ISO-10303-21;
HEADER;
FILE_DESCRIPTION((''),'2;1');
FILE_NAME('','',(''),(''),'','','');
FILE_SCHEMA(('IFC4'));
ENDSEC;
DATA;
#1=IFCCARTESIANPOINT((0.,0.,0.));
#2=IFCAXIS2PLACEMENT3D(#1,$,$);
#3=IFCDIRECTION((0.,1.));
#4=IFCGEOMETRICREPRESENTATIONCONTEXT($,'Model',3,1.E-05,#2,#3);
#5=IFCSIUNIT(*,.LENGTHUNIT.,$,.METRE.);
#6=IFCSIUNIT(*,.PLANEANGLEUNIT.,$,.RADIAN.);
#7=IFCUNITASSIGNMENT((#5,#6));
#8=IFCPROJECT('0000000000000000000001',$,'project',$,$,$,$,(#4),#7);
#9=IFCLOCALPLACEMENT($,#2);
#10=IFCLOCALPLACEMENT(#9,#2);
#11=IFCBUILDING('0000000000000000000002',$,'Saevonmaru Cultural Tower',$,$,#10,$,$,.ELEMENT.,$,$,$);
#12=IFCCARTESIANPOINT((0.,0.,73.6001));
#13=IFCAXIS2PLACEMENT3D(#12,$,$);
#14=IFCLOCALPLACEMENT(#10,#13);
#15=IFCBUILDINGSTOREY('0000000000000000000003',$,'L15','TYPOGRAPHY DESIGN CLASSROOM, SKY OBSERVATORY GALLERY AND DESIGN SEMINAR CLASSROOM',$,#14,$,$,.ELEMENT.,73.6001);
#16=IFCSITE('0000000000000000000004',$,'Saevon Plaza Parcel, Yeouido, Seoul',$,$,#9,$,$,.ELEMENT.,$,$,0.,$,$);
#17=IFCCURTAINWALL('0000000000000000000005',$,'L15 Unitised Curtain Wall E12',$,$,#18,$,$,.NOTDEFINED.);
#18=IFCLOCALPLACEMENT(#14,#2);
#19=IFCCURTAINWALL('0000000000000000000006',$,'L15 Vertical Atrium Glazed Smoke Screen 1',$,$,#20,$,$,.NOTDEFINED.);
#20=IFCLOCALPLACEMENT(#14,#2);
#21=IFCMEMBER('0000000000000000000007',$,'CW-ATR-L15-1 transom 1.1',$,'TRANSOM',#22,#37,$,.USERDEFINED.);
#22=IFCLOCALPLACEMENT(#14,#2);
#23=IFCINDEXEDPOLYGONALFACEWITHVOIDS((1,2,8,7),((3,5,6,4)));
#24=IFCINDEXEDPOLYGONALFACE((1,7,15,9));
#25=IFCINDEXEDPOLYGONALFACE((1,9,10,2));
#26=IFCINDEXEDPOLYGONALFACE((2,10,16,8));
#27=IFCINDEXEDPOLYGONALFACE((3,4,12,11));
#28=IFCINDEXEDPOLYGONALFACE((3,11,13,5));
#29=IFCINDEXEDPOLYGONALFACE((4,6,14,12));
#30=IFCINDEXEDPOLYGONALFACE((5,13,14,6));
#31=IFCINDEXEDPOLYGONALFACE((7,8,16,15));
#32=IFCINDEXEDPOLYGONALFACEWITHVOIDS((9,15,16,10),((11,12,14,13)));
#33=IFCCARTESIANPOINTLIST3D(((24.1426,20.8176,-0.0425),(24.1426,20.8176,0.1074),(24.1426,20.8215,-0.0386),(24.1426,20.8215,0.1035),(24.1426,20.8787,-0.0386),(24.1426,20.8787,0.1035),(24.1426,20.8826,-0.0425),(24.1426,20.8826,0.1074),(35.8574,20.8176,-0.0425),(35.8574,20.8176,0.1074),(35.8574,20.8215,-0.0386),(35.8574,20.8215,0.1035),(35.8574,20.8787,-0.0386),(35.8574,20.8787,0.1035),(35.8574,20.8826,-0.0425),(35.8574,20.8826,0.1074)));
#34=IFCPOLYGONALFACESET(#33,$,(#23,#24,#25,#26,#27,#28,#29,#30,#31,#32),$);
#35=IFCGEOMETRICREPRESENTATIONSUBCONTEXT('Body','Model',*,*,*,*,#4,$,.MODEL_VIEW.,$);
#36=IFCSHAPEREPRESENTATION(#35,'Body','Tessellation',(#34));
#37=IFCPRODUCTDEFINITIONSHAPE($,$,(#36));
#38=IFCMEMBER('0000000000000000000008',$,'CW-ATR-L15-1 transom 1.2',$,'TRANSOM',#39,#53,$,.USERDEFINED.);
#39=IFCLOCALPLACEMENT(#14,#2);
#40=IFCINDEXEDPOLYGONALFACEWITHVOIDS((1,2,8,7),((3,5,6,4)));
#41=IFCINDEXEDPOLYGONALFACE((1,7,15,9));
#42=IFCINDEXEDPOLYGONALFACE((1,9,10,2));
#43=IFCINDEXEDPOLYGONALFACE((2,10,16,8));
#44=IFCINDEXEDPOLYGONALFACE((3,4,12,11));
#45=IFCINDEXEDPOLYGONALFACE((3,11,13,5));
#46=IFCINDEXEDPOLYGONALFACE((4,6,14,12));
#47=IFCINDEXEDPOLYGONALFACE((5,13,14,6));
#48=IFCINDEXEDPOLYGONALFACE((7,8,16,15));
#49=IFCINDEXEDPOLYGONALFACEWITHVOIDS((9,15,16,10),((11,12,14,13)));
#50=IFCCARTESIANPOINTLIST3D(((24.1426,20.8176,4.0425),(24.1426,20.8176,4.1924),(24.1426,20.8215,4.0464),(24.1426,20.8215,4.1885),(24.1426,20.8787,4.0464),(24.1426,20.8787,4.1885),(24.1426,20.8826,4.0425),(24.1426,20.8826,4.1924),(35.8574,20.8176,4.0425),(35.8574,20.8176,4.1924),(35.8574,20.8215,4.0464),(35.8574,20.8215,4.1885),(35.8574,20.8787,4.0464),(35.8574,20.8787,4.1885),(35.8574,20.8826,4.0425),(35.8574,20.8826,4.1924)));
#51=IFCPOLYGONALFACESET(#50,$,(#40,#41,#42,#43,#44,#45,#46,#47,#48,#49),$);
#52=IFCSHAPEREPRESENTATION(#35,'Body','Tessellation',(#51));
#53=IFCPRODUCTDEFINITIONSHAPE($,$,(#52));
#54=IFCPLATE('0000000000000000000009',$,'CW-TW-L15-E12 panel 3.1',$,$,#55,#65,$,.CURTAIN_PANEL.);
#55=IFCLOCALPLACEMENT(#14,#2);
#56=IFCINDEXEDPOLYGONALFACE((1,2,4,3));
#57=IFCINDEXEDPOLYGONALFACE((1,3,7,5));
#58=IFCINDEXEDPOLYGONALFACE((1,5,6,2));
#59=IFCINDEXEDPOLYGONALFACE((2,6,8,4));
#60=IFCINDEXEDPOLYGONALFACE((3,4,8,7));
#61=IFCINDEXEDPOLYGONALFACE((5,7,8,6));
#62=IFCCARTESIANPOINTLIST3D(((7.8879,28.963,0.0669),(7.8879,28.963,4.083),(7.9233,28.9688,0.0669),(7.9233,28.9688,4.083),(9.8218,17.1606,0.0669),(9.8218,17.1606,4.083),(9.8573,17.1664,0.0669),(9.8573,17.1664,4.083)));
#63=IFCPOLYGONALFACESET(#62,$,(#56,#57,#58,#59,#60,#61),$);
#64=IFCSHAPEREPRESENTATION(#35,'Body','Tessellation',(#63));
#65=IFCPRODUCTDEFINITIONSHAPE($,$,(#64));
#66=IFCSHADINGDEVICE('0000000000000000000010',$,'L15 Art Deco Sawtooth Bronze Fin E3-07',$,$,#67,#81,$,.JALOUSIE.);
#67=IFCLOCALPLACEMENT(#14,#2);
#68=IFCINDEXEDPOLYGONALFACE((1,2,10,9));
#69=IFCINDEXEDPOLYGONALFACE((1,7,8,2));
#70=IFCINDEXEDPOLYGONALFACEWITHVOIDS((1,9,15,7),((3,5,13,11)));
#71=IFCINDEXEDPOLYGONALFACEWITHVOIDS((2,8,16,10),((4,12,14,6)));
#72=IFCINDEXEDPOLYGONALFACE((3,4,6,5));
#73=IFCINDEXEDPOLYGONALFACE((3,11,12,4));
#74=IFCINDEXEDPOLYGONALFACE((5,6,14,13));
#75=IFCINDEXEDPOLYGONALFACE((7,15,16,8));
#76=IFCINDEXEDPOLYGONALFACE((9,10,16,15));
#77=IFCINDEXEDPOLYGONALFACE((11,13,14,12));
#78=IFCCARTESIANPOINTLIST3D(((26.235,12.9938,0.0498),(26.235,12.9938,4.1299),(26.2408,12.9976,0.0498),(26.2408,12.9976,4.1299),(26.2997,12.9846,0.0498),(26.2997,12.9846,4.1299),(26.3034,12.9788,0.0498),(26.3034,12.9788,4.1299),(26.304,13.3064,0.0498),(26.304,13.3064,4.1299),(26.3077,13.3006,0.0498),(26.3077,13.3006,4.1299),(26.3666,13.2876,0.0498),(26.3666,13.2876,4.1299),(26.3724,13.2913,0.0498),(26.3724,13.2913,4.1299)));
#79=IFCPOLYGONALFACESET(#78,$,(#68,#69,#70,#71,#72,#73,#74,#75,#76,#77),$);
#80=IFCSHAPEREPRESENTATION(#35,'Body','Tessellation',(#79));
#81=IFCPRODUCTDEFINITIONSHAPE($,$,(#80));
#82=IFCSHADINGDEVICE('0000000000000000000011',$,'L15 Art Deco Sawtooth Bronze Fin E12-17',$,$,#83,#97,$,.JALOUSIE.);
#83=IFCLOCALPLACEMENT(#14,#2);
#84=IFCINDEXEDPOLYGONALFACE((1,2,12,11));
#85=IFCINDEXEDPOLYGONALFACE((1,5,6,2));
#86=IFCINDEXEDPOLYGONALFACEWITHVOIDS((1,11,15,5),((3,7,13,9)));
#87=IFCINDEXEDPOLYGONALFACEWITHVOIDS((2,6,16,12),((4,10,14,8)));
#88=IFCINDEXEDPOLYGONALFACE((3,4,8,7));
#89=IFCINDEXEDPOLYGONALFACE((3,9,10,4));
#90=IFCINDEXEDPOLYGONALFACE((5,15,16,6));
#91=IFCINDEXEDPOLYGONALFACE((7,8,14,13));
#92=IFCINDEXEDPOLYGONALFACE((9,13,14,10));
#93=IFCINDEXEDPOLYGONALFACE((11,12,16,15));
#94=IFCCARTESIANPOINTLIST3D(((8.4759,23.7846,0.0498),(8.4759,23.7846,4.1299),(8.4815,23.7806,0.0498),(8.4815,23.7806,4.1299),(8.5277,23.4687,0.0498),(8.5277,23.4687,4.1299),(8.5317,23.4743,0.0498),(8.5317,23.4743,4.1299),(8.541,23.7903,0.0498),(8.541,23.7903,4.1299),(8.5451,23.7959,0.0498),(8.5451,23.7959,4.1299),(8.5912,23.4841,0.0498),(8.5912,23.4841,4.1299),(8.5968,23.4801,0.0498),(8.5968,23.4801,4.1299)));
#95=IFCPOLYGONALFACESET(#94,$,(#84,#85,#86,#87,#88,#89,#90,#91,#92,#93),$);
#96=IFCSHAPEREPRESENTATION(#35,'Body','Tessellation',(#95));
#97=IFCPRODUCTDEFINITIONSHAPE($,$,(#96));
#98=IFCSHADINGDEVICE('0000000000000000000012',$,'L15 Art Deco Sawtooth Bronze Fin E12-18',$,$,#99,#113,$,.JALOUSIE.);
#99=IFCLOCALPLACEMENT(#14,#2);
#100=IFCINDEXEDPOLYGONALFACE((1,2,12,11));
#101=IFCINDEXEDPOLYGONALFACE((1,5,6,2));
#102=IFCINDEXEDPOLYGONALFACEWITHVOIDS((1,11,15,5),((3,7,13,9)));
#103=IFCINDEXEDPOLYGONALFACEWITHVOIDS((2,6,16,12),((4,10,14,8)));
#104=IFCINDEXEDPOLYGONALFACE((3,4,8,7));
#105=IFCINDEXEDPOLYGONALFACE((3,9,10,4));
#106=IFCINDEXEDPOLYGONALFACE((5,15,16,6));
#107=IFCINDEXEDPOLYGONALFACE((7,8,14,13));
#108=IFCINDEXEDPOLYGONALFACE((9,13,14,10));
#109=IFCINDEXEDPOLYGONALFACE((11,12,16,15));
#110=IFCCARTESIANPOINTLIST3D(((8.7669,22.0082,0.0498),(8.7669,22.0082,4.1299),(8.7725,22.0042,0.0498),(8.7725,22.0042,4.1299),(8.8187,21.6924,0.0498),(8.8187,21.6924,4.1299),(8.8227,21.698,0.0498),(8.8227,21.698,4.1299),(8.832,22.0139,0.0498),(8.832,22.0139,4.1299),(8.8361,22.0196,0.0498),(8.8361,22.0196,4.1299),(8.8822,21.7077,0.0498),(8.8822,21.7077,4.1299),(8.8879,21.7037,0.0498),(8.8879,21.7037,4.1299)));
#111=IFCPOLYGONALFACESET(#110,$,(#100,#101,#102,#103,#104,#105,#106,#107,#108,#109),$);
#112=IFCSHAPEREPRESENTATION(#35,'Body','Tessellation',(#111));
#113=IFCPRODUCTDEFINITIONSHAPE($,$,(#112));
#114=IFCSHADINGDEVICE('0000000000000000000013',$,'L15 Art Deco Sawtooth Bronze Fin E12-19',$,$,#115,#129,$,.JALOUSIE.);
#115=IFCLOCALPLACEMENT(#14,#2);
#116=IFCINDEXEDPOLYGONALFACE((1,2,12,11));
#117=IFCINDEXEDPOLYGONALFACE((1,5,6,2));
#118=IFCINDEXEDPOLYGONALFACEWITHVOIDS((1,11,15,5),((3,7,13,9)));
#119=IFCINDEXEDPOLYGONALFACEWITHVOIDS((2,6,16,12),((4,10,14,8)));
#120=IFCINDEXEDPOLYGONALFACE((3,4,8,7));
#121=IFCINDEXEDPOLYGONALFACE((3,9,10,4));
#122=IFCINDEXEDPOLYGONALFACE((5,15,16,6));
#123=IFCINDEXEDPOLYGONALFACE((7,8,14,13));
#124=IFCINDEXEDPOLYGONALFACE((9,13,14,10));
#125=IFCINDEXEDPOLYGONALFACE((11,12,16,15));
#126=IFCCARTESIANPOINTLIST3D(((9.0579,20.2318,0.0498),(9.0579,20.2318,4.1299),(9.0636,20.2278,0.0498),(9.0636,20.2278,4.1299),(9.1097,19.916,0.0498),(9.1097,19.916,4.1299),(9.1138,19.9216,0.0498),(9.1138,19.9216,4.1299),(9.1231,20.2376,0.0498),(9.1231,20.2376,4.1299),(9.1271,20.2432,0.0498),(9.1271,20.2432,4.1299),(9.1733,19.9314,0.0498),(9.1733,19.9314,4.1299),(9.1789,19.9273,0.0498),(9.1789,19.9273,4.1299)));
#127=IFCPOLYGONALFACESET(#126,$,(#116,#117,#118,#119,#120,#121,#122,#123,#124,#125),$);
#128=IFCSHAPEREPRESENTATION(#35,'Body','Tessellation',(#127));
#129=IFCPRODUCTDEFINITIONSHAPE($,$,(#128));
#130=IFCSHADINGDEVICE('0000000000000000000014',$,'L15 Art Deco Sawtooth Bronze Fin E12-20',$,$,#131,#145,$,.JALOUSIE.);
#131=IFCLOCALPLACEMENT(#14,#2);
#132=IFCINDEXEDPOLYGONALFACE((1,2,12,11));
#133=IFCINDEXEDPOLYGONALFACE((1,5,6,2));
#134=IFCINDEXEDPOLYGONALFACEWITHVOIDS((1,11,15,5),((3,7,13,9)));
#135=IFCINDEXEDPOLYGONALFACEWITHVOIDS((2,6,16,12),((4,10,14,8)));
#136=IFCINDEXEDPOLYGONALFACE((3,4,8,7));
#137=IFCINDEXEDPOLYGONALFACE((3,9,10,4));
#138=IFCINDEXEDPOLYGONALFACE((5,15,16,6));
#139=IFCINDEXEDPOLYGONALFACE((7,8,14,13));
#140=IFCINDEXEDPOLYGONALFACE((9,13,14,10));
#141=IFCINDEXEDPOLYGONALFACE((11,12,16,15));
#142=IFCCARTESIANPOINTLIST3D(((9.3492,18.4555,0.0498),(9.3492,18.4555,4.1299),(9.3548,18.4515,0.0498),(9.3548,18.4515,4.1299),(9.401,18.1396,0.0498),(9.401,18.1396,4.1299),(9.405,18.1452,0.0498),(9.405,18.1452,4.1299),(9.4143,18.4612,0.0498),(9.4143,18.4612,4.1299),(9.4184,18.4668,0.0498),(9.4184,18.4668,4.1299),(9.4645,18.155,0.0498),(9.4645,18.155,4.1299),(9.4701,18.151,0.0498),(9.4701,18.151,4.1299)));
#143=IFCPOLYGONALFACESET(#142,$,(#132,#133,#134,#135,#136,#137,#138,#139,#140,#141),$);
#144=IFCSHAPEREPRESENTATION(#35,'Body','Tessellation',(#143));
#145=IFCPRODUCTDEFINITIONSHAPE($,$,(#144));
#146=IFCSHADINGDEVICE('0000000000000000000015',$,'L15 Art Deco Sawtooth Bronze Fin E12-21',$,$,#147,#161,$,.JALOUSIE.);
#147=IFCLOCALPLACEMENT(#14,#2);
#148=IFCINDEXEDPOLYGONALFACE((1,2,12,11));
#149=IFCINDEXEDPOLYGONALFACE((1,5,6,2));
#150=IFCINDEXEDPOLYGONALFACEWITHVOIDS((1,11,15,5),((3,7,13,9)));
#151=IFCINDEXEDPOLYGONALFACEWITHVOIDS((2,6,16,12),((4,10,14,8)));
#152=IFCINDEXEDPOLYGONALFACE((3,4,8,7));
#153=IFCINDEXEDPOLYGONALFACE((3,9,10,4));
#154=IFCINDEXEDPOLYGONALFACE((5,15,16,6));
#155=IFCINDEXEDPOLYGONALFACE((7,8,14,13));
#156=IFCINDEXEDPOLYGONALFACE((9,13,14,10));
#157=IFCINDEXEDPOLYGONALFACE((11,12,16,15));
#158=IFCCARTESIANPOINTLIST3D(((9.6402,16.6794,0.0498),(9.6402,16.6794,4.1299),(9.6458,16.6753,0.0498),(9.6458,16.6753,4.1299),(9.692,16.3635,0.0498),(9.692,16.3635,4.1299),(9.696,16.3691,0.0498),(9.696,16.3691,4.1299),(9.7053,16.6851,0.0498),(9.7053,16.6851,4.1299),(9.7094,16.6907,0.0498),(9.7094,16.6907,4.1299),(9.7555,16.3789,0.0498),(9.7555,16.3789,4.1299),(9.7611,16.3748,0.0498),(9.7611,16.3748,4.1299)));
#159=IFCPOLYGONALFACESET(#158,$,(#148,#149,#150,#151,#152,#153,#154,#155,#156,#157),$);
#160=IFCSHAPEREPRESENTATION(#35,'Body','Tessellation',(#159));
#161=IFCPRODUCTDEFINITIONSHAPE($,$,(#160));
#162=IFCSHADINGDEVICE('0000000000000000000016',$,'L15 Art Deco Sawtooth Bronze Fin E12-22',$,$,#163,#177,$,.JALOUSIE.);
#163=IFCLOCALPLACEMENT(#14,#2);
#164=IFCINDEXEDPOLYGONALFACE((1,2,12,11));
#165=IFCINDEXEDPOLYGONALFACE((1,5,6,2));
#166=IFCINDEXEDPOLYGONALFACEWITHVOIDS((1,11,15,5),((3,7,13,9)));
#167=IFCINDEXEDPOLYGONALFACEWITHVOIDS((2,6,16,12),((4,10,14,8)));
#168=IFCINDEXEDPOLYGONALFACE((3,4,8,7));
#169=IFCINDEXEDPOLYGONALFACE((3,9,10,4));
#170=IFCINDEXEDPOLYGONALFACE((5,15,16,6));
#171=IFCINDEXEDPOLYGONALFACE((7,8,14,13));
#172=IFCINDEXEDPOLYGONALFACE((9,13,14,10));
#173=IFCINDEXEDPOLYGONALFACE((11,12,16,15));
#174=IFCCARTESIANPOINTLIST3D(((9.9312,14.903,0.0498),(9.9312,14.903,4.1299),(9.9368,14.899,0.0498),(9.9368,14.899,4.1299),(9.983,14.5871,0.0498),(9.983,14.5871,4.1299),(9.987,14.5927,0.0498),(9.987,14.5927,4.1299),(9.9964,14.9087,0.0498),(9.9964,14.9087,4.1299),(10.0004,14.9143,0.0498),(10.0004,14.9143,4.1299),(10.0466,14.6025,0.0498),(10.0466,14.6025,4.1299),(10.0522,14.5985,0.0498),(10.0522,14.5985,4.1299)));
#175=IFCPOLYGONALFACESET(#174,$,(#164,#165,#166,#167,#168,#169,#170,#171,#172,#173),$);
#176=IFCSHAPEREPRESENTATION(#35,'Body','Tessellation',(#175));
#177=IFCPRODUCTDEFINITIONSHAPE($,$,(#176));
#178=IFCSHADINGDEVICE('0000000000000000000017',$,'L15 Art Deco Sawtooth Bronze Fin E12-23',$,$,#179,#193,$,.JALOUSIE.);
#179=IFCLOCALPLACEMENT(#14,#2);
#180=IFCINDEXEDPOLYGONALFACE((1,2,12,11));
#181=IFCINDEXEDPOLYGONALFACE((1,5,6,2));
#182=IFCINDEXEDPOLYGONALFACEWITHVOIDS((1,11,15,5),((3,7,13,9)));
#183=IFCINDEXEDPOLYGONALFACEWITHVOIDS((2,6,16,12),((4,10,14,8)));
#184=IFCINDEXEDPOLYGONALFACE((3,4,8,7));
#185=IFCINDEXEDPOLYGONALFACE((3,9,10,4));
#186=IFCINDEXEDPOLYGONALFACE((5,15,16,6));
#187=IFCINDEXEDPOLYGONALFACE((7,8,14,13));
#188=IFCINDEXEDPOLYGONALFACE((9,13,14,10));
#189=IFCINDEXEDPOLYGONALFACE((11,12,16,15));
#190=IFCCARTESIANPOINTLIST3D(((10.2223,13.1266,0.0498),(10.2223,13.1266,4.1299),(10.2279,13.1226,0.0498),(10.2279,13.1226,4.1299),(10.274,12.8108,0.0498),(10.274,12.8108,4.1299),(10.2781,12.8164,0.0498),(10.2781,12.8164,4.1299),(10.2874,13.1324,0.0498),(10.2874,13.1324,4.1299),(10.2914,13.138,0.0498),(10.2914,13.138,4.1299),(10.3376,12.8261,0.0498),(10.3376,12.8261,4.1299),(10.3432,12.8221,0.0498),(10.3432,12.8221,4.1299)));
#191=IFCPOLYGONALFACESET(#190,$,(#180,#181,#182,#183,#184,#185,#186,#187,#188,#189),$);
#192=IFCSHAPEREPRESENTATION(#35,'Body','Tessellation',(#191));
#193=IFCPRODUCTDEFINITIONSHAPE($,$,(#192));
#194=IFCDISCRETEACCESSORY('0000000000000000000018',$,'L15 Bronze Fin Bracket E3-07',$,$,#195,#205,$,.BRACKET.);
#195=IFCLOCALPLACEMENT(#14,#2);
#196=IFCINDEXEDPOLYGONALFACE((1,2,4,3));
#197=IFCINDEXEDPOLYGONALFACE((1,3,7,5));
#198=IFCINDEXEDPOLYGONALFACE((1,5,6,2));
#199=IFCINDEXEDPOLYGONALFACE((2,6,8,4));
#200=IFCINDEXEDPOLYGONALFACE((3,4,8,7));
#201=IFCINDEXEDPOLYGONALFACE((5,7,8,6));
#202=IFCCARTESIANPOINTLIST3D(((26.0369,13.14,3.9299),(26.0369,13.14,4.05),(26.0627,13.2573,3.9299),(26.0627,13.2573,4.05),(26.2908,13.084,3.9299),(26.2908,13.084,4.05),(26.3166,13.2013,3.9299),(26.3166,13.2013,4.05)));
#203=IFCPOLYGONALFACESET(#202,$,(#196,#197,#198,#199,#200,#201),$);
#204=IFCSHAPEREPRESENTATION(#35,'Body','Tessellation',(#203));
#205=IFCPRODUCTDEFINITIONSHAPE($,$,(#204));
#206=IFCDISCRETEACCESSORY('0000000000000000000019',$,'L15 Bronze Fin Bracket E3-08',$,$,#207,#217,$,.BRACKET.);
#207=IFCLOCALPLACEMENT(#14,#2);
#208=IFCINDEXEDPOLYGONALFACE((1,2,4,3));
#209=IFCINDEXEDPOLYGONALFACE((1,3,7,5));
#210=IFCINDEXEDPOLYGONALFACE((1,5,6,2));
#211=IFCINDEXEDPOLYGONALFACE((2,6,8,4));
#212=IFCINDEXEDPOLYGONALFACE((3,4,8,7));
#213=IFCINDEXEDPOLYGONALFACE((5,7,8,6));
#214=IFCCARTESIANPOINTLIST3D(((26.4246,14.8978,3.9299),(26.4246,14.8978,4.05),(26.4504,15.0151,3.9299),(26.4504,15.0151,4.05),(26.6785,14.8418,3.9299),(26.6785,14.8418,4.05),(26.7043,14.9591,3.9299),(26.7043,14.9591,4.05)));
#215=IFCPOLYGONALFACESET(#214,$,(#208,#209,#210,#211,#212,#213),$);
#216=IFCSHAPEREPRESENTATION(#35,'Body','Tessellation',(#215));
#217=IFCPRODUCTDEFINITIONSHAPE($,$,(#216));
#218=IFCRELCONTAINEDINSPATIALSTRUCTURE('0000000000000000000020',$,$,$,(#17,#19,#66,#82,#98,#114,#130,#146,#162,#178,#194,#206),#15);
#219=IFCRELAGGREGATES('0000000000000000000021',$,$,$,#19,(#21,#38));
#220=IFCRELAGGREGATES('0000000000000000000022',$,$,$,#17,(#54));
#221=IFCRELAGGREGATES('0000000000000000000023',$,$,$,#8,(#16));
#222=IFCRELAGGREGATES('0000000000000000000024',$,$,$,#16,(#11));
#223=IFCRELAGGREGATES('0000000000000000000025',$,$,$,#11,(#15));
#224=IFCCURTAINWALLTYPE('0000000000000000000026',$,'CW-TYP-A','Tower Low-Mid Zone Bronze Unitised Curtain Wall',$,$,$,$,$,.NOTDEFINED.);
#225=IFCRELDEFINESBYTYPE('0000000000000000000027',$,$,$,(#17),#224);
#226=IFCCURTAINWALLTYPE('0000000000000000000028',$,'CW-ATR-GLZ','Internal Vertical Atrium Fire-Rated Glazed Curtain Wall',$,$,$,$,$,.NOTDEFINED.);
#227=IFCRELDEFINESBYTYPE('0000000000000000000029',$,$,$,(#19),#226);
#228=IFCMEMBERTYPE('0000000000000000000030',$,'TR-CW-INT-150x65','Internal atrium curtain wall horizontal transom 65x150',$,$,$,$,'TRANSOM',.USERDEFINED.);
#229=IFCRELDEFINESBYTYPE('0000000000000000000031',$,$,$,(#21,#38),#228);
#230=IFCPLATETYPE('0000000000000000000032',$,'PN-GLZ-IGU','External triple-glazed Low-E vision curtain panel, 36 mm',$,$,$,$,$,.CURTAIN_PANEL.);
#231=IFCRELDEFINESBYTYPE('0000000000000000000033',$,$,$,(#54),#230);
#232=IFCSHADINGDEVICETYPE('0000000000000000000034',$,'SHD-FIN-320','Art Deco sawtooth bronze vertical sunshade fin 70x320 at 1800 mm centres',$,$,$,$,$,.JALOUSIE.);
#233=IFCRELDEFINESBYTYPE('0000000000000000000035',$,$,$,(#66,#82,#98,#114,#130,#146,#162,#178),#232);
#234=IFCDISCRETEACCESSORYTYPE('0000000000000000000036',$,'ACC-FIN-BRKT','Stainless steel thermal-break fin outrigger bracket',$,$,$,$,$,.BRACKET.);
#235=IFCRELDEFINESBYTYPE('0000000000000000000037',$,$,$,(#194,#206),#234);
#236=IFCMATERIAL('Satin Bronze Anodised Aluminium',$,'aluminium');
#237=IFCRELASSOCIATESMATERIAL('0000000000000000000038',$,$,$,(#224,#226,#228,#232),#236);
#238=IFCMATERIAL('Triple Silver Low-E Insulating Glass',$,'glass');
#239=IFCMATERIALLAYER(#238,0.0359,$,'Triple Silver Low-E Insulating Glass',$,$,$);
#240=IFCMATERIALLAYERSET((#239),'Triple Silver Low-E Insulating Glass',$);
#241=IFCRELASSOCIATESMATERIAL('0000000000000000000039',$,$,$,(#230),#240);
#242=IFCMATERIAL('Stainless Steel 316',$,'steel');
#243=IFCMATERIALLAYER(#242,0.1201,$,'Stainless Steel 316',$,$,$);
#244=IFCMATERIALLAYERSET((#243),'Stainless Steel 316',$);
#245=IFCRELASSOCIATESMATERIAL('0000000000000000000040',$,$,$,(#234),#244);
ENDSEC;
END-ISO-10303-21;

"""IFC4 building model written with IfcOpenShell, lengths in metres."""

from ifc_helpers import new_model, si_unit, direction, frame, origin, origin_2d, place, context, subcontext, project, spatial, rectangle, hollow_rectangle, extrude, material, layer, layer_set, material_profile, profile_set, type_object, element, aggregate, save


model = new_model("IFC4")

# Units and contexts
model_context = context("Model", 3, precision=1e-05, world=origin(), true_north=direction((0.0, 1.0)))
body_context = subcontext(model_context, "Body", "Model", "MODEL_VIEW")
ifc_project = project(units=[si_unit("LENGTHUNIT", "METRE"), si_unit("PLANEANGLEUNIT", "RADIAN")], contexts=[model_context])

# Site, building, storey
site_placement = place(None, origin())
site = spatial("IfcSite", under=ifc_project, at=site_placement, Name="Saevon Plaza Parcel, Yeouido, Seoul", CompositionType="ELEMENT", RefElevation=0.0)
building_placement = place(site_placement, origin())
building = spatial("IfcBuilding", under=site, at=building_placement, Name="Saevonmaru Cultural Tower", CompositionType="ELEMENT")
storey_placement = place(building_placement, frame((0.0, 0.0, 73.6001)))
storey = spatial("IfcBuildingStorey", under=building, at=storey_placement, Name="L15", Description="TYPOGRAPHY DESIGN CLASSROOM, SKY OBSERVATORY GALLERY AND DESIGN SEMINAR CLASSROOM", CompositionType="ELEMENT", Elevation=73.6001)

# Curtain walls
ifc_material_1 = material(Name="Satin Bronze Anodised Aluminium", Category="aluminium")
curtain_wall_type_1 = type_object("IfcCurtainWallType", Name="CW-TYP-A", Description="Tower Low-Mid Zone Bronze Unitised Curtain Wall", PredefinedType="NOTDEFINED", material=ifc_material_1)
curtain_wall_1_placement = place(storey_placement, origin())
curtain_wall_1 = element("IfcCurtainWall", 1, at=curtain_wall_1_placement, inside=storey, type_object=curtain_wall_type_1, Name="L15 Unitised Curtain Wall E12", PredefinedType="NOTDEFINED")
curtain_wall_type_2 = type_object("IfcCurtainWallType", Name="CW-ATR-GLZ", Description="Internal Vertical Atrium Fire-Rated Glazed Curtain Wall", PredefinedType="NOTDEFINED", material=ifc_material_1)
curtain_wall_2_placement = place(storey_placement, origin())
curtain_wall_2 = element("IfcCurtainWall", 2, at=curtain_wall_2_placement, inside=storey, type_object=curtain_wall_type_2, Name="L15 Vertical Atrium Glazed Smoke Screen 1", PredefinedType="NOTDEFINED")

# Members
ifc_material_profile_1 = material_profile(ifc_material_1, hollow_rectangle(XDim=0.0649, YDim=0.1499, WallThickness=0.0039, at=origin_2d()), Name="ALU-TRAN-150x65x4")
ifc_profile_set_1 = profile_set([ifc_material_profile_1], Name="Satin Bronze Anodised Aluminium")
member_type_1 = type_object("IfcMemberType", Name="TR-CW-INT-150x65", Description="Internal atrium curtain wall horizontal transom 65x150", ElementType="TRANSOM", PredefinedType="USERDEFINED", material=ifc_profile_set_1)
member_1_placement = place(storey_placement, frame((24.1426, 20.8501, 0.0325), z_axis=(1.0, 0.0, 0.0), x_axis=(0.0, 1.0, 0.0)))
member_1 = element("IfcMember", 3, at=member_1_placement, type_object=member_type_1, Name="CW-ATR-L15-1 transom 1.1", ObjectType="TRANSOM", PredefinedType="USERDEFINED", context=body_context, shape_type="SweptSolid", body=[
    extrude(hollow_rectangle(XDim=0.0649, YDim=0.1499, WallThickness=0.0039, at=origin_2d()), origin(), (0.0, 0.0, 1.0), 11.7148),
])
member_2_placement = place(storey_placement, frame((24.1426, 20.8501, 4.1174), z_axis=(1.0, 0.0, 0.0), x_axis=(0.0, 1.0, 0.0)))
member_2 = element("IfcMember", 4, at=member_2_placement, type_object=member_type_1, Name="CW-ATR-L15-1 transom 1.2", ObjectType="TRANSOM", PredefinedType="USERDEFINED", context=body_context, shape_type="SweptSolid", body=[
    extrude(hollow_rectangle(XDim=0.0649, YDim=0.1499, WallThickness=0.0039, at=origin_2d()), origin(), (0.0, 0.0, 1.0), 11.7148),
])
aggregate(curtain_wall_2, [member_1, member_2])

# Plate
ifc_material_2 = material(Name="Triple Silver Low-E Insulating Glass", Category="glass")
ifc_layer_1 = layer(ifc_material_2, 0.0359, Name="Triple Silver Low-E Insulating Glass")
ifc_layer_set_1 = layer_set([ifc_layer_1], Name="Triple Silver Low-E Insulating Glass")
plate_type = type_object("IfcPlateType", Name="PN-GLZ-IGU", Description="External triple-glazed Low-E vision curtain panel, 36 mm", PredefinedType="CURTAIN_PANEL", material=ifc_layer_set_1)
plate_placement = place(storey_placement, frame((8.8726, 23.0647, 0.0669), z_axis=(0.0, 0.0, 1.0), x_axis=(0.161709, -0.986839, 0.0)))
plate = element("IfcPlate", 5, at=plate_placement, type_object=plate_type, Name="CW-TW-L15-E12 panel 3.1", PredefinedType="CURTAIN_PANEL", context=body_context, shape_type="SweptSolid", body=[
    extrude(rectangle(XDim=11.9597, YDim=0.0359, at=origin_2d()), origin(), (0.0, 0.0, 1.0), 4.0161),
])
aggregate(curtain_wall_1, [plate])

# Shading devices
ifc_material_profile_2 = material_profile(ifc_material_1, hollow_rectangle(XDim=0.0701, YDim=0.3201, WallThickness=0.0049, at=origin_2d()), Name="FIN-320x70")
ifc_profile_set_2 = profile_set([ifc_material_profile_2], Name="Satin Bronze Anodised Aluminium")
shading_device_type = type_object("IfcShadingDeviceType", Name="SHD-FIN-320", Description="Art Deco sawtooth bronze vertical sunshade fin 70x320 at 1800 mm centres", PredefinedType="JALOUSIE", material=ifc_profile_set_2)
for number, where, z_axis, x_axis, name in (
    (6, (26.3037, 13.1426, 0.0498), (0.0, 0.0, 1.0), (0.976522, -0.215417, 0.0), "L15 Art Deco Sawtooth Bronze Fin E3-07"),
    (7, (8.5364, 23.6323, 0.0498), (0.0, 0.0, 1.0), (-0.986827, -0.161776, 0.0), "L15 Art Deco Sawtooth Bronze Fin E12-17"),
    (8, (8.8274, 21.856, 0.0498), (0.0, 0.0, 1.0), (-0.986827, -0.161776, 0.0), "L15 Art Deco Sawtooth Bronze Fin E12-18"),
    (9, (9.1184, 20.0796, 0.0498), (0.0, 0.0, 1.0), (-0.986827, -0.161776, 0.0), "L15 Art Deco Sawtooth Bronze Fin E12-19"),
    (10, (9.4097, 18.3032, 0.0498), (0.0, 0.0, 1.0), (-0.986827, -0.161776, 0.0), "L15 Art Deco Sawtooth Bronze Fin E12-20"),
    (11, (9.7007, 16.5271, 0.0498), (0.0, 0.0, 1.0), (-0.986827, -0.161776, 0.0), "L15 Art Deco Sawtooth Bronze Fin E12-21"),
    (12, (9.9917, 14.7507, 0.0498), (0.0, 0.0, 1.0), (-0.986827, -0.161776, 0.0), "L15 Art Deco Sawtooth Bronze Fin E12-22"),
    (13, (10.2827, 12.9744, 0.0498), (0.0, 0.0, 1.0), (-0.986827, -0.161776, 0.0), "L15 Art Deco Sawtooth Bronze Fin E12-23"),
):
    element("IfcShadingDevice", number, at=place(storey_placement, frame(where, z_axis=z_axis, x_axis=x_axis)), inside=storey, type_object=shading_device_type, Name=name, PredefinedType="JALOUSIE", context=body_context, shape_type="SweptSolid", body=[
        extrude(hollow_rectangle(XDim=0.0701, YDim=0.3201, WallThickness=0.0049, at=origin_2d()), origin(), (0.0, 0.0, 1.0), 4.0801),
    ])

# Discrete accessories
ifc_material_3 = material(Name="Stainless Steel 316", Category="steel")
ifc_layer_2 = layer(ifc_material_3, 0.1201, Name="Stainless Steel 316")
ifc_layer_set_2 = layer_set([ifc_layer_2], Name="Stainless Steel 316")
discrete_accessory_type = type_object("IfcDiscreteAccessoryType", Name="ACC-FIN-BRKT", Description="Stainless steel thermal-break fin outrigger bracket", PredefinedType="BRACKET", material=ifc_layer_set_2)
for number, where, z_axis, x_axis, name in (
    (14, (26.1768, 13.1707, 3.9299), (0.0, 0.0, 1.0), (0.976522, -0.215417, 0.0), "L15 Bronze Fin Bracket E3-07"),
    (15, (26.5645, 14.9285, 3.9299), (0.0, 0.0, 1.0), (0.976522, -0.215417, 0.0), "L15 Bronze Fin Bracket E3-08"),
):
    element("IfcDiscreteAccessory", number, at=place(storey_placement, frame(where, z_axis=z_axis, x_axis=x_axis)), inside=storey, type_object=discrete_accessory_type, Name=name, PredefinedType="BRACKET", context=body_context, shape_type="SweptSolid", body=[
        extrude(rectangle(XDim=0.26, YDim=0.1201, at=origin_2d()), origin(), (0.0, 0.0, 1.0), 0.1201),
    ])

save(model, "model.ifc")
